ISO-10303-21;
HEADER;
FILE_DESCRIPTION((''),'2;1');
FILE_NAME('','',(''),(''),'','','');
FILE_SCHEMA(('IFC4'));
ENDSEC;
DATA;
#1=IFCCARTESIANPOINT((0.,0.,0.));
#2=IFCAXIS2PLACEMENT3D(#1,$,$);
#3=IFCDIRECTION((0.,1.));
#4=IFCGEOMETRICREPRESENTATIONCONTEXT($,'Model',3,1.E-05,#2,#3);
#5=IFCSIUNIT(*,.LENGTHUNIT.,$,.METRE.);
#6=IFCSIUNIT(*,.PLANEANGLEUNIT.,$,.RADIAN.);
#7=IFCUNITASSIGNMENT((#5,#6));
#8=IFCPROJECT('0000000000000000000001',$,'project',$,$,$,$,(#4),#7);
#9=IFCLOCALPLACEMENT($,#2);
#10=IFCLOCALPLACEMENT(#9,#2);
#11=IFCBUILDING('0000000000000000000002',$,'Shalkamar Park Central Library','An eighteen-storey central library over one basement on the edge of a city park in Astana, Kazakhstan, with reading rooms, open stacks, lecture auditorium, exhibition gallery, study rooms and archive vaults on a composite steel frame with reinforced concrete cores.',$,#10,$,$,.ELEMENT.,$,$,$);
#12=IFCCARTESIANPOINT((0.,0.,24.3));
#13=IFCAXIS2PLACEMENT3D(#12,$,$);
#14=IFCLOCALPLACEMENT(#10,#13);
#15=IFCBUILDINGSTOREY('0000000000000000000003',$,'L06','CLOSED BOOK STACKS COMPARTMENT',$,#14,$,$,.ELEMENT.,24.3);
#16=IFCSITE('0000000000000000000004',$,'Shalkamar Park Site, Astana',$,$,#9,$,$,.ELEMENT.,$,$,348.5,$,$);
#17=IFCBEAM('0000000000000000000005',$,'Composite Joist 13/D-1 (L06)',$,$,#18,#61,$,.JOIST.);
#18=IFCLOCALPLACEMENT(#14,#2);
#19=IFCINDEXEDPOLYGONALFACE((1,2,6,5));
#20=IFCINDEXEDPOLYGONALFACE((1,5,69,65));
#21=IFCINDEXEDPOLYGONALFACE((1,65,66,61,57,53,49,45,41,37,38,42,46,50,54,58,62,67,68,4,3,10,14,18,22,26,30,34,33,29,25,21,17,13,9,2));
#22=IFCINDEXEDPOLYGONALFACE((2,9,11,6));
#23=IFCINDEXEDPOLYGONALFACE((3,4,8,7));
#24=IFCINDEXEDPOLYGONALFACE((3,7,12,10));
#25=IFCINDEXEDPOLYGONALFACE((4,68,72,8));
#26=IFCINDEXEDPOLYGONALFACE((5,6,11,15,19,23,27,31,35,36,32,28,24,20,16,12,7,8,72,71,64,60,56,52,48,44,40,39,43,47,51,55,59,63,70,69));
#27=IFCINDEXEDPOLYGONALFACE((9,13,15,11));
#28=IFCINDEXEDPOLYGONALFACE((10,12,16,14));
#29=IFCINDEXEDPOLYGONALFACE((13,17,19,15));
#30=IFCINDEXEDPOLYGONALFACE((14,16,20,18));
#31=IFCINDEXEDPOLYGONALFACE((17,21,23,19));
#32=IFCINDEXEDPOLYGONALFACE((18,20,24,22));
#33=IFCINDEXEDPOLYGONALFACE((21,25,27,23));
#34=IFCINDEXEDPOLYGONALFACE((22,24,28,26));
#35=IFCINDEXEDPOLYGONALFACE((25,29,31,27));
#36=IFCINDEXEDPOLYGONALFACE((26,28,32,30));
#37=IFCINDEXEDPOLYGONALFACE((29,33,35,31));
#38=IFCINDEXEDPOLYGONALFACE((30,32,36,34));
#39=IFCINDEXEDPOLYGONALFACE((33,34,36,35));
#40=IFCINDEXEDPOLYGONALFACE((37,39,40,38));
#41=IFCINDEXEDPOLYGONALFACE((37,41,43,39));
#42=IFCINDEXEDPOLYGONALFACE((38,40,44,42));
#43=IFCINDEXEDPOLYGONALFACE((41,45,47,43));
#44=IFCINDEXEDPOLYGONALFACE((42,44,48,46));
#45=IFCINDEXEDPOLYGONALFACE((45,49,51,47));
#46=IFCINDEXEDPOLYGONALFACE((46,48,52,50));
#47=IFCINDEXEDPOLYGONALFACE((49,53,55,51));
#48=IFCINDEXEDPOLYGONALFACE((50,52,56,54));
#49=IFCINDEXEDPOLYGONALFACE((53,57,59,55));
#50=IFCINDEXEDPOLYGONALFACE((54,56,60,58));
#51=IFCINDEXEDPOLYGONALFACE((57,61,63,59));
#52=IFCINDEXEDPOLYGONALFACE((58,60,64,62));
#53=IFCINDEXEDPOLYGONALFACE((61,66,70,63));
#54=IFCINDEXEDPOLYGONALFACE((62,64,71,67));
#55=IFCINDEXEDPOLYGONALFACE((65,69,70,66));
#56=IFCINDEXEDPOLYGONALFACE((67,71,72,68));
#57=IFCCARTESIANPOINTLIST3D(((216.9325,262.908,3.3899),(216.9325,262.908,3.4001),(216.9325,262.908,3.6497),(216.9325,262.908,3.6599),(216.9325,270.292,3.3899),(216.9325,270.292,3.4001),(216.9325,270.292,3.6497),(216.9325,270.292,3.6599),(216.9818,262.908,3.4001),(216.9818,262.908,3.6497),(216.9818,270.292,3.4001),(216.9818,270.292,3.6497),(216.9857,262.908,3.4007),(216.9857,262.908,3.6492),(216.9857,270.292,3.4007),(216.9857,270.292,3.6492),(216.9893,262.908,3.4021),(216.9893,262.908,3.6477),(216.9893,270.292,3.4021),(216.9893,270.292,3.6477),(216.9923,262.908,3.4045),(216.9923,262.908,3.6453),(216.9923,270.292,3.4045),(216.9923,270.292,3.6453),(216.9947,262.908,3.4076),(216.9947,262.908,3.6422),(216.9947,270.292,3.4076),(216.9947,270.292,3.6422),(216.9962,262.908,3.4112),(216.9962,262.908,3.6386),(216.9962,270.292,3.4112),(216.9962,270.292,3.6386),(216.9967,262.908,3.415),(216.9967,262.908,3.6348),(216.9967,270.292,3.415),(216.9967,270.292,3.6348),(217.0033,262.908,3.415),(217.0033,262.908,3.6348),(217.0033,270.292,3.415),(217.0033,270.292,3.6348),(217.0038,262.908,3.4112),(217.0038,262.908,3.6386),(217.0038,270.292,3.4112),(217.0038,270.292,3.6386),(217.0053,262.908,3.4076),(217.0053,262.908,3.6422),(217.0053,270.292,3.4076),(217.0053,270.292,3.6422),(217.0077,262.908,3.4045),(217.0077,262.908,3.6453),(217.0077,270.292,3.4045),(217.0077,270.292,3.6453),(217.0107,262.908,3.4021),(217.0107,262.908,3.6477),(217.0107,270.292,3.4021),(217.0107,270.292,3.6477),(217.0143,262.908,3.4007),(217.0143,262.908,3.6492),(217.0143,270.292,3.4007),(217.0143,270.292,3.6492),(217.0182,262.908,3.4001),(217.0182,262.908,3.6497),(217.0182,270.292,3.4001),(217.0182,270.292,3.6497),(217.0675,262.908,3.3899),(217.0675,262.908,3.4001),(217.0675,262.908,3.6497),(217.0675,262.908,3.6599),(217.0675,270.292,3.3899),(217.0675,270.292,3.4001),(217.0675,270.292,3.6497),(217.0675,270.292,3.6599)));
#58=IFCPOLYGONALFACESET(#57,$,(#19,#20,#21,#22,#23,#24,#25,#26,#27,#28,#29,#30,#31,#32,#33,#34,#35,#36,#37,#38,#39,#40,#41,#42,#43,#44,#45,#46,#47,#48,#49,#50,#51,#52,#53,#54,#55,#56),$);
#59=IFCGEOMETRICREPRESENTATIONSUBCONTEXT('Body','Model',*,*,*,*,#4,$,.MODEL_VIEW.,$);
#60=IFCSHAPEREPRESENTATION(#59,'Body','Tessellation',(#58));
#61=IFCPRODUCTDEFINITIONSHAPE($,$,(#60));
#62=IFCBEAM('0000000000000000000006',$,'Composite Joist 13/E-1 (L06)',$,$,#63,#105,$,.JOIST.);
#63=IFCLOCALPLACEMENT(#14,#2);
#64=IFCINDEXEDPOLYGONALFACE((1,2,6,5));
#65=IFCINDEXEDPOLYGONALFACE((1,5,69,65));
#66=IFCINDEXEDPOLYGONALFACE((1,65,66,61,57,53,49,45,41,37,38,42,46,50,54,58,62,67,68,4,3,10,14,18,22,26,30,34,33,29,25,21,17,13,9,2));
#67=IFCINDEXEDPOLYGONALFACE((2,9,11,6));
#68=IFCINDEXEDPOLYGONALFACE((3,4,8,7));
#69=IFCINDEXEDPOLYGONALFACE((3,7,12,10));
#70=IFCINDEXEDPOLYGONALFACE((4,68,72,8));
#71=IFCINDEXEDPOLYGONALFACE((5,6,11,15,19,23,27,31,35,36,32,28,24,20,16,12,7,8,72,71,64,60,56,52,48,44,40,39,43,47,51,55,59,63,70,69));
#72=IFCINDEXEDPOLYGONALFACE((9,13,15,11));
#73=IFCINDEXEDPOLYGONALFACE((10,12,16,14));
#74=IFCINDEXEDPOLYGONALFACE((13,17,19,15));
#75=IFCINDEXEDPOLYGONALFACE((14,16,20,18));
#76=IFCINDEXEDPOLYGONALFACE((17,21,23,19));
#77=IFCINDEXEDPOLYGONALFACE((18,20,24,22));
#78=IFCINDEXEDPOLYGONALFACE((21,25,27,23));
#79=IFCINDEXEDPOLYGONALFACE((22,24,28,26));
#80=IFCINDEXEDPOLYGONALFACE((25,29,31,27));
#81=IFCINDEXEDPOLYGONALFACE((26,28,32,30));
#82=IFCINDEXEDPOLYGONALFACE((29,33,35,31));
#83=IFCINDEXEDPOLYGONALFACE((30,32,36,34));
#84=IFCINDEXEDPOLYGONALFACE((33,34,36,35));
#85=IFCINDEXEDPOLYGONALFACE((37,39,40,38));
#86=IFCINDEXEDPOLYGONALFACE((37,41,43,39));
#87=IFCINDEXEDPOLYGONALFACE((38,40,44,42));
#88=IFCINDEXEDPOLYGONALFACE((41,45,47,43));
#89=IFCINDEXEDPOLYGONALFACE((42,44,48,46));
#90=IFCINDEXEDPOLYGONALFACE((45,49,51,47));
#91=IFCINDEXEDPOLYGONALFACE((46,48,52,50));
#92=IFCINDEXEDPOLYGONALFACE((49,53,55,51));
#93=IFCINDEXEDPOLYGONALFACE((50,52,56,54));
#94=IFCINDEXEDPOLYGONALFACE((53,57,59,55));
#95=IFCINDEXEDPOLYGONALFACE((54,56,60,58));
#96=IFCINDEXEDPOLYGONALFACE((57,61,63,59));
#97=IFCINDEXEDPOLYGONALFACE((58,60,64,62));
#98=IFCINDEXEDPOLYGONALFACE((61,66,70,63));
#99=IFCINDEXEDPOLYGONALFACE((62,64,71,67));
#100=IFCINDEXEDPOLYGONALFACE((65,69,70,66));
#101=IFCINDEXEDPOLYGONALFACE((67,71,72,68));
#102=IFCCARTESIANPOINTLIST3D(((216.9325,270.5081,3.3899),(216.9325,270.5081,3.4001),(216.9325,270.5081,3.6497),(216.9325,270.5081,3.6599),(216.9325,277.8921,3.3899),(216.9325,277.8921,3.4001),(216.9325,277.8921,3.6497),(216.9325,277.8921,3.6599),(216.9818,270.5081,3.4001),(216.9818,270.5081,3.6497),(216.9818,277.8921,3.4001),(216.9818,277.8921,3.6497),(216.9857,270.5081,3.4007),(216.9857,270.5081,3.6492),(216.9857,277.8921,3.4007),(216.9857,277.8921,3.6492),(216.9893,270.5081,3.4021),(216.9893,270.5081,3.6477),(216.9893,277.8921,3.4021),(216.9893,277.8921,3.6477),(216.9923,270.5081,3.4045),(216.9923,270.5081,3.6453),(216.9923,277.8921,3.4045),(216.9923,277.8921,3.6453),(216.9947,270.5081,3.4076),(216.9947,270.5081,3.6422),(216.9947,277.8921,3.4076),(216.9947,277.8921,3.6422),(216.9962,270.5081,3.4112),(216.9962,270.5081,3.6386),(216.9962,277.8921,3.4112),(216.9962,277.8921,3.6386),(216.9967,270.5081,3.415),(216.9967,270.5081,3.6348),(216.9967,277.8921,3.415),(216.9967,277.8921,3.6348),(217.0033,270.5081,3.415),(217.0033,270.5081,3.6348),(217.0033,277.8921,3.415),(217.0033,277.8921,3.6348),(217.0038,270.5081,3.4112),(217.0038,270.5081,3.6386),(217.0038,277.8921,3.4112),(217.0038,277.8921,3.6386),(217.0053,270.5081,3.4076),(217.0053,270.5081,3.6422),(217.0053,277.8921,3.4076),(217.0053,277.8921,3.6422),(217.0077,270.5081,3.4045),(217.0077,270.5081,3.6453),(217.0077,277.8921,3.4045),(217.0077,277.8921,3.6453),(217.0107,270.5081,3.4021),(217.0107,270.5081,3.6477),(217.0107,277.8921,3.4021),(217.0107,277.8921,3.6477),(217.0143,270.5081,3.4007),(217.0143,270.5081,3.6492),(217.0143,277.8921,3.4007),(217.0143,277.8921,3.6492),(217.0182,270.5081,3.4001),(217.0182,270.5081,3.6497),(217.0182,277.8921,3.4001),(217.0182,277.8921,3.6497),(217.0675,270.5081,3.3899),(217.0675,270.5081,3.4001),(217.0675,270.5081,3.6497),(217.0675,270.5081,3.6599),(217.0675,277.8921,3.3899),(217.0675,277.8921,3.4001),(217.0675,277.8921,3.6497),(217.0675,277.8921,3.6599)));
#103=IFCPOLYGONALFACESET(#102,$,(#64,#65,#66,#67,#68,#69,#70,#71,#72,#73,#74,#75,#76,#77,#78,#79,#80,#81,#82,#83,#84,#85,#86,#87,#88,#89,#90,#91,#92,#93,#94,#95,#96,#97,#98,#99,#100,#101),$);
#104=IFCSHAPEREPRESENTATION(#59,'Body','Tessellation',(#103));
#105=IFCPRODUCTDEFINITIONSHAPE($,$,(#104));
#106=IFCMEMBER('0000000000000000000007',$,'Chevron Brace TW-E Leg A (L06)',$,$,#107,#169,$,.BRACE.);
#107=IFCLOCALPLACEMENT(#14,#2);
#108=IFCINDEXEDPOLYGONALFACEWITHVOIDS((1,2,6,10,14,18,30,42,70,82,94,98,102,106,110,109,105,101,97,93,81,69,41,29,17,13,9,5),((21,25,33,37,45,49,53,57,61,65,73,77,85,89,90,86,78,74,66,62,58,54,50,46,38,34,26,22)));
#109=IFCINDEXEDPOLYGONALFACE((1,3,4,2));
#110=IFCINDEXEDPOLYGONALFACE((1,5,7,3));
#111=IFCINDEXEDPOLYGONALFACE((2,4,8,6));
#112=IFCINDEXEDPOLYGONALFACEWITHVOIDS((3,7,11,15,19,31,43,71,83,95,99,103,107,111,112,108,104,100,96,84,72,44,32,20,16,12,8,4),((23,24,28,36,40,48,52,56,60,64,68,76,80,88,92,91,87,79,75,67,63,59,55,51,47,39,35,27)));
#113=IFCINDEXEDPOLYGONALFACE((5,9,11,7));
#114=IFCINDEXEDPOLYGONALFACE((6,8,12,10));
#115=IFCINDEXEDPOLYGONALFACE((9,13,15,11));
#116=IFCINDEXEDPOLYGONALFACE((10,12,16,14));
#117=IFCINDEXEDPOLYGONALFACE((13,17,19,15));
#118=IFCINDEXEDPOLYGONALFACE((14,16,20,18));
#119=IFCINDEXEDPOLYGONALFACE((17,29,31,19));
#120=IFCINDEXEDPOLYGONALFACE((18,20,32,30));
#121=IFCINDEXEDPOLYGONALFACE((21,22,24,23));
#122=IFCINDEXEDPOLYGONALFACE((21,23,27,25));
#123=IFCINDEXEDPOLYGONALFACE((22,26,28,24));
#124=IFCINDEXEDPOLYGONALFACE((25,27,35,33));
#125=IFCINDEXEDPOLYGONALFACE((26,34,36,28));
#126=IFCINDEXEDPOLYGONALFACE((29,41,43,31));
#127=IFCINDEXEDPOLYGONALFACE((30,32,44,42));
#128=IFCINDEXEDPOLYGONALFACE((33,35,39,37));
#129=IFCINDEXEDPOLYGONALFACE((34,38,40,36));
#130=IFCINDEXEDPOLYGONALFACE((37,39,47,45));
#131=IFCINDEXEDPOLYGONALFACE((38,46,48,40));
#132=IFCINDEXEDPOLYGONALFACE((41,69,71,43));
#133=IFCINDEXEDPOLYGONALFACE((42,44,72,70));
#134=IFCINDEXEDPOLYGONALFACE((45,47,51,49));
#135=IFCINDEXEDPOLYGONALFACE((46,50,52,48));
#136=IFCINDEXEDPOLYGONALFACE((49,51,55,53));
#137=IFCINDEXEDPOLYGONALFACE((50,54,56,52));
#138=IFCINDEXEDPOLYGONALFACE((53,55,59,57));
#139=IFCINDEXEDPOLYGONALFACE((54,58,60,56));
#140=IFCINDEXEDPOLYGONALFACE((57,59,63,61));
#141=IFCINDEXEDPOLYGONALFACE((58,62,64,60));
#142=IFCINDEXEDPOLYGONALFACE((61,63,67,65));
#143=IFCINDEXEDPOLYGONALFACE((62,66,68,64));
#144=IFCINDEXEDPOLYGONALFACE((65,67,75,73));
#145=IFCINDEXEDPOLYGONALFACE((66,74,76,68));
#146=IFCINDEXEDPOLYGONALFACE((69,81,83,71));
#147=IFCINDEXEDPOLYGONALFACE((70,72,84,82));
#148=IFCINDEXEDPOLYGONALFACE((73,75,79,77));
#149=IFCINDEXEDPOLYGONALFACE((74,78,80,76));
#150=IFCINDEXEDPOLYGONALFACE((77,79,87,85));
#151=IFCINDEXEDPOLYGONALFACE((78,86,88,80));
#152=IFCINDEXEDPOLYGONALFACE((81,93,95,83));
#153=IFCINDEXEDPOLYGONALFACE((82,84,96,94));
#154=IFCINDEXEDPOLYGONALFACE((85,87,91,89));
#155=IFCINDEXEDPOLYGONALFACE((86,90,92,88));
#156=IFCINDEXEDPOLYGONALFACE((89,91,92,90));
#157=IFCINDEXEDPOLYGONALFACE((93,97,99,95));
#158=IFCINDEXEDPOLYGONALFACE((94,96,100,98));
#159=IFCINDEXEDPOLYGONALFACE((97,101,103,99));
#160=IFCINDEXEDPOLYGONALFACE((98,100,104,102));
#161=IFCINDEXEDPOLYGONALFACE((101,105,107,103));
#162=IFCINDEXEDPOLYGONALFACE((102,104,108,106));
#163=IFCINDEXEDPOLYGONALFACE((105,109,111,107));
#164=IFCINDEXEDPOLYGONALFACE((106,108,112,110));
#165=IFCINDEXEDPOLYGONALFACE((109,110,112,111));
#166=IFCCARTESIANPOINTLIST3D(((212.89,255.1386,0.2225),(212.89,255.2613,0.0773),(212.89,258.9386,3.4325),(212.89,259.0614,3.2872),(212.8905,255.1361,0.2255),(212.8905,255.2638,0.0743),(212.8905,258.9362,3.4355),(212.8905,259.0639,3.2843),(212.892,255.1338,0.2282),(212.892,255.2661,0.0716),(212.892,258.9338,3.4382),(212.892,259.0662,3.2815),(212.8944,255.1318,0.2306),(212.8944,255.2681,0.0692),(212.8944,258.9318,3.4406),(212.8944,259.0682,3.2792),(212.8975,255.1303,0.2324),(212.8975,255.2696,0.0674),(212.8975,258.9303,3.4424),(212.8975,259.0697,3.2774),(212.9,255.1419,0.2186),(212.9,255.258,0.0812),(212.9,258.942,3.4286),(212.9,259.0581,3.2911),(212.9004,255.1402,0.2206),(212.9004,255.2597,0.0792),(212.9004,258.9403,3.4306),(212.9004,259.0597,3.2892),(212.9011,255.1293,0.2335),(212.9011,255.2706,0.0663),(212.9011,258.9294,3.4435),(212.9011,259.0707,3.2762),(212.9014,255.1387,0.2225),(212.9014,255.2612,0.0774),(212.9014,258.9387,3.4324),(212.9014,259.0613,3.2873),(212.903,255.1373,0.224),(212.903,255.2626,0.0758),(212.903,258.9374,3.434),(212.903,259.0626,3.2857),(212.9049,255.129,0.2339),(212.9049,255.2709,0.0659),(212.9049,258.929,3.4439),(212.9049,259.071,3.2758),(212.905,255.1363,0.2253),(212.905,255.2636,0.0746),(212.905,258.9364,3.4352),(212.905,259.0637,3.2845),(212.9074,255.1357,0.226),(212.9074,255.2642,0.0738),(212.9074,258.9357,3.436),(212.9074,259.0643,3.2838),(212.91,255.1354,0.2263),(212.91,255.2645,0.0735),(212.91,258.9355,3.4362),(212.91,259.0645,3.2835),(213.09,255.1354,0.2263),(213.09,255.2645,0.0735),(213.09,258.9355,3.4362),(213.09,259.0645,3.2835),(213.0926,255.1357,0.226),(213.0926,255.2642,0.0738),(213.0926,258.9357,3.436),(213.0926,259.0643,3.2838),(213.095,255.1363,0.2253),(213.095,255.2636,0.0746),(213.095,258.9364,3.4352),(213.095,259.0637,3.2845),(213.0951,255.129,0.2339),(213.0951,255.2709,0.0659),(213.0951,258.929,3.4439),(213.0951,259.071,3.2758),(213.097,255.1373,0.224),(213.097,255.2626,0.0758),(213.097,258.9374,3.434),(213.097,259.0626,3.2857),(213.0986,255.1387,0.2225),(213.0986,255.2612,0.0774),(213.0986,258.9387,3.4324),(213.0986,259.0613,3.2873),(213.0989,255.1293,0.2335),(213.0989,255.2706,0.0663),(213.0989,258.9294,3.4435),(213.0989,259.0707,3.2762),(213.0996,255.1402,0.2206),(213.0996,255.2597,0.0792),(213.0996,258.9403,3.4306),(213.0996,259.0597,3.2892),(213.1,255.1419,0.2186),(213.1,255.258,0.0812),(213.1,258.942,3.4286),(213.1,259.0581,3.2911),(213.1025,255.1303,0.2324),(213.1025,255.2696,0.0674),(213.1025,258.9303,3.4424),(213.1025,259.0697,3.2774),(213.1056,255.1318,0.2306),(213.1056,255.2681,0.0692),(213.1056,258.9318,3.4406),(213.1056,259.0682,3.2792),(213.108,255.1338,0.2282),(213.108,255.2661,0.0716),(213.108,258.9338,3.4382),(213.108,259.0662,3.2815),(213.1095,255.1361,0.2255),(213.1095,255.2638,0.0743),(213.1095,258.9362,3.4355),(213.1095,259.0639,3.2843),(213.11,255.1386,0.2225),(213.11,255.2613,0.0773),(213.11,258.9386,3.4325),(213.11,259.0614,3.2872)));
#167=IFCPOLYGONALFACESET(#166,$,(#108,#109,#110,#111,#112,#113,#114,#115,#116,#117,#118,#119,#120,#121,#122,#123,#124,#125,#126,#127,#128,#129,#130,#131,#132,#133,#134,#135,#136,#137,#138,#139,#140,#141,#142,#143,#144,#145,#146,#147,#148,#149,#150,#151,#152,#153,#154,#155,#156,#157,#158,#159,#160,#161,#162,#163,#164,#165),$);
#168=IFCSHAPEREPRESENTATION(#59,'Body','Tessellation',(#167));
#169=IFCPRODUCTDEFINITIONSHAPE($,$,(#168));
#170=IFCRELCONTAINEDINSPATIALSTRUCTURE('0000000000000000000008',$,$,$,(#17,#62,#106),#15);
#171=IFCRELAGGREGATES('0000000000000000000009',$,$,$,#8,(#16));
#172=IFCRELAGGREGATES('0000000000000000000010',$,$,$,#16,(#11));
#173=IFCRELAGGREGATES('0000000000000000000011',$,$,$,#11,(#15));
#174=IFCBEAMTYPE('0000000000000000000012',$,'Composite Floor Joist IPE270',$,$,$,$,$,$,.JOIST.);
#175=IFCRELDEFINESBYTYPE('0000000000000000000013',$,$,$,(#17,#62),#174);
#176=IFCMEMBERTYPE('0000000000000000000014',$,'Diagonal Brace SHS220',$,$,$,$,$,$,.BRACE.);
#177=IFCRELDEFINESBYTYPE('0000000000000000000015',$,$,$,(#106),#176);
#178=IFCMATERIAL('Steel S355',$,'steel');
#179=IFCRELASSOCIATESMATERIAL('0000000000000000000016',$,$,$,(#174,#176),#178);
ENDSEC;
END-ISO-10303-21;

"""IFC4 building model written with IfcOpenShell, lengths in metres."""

from ifc_helpers import new_model, si_unit, direction, frame, origin, origin_2d, place, context, subcontext, project, spatial, hollow_rectangle, i_section, extrude, material, material_profile, profile_set, type_object, element, save


model = new_model("IFC4")

# Units and contexts
model_context = context("Model", 3, precision=1e-05, world=origin(), true_north=direction((0.0, 1.0)))
body_context = subcontext(model_context, "Body", "Model", "MODEL_VIEW")
ifc_project = project(units=[si_unit("LENGTHUNIT", "METRE"), si_unit("PLANEANGLEUNIT", "RADIAN")], contexts=[model_context])

# Site, building, storey
site_placement = place(None, origin())
site = spatial("IfcSite", under=ifc_project, at=site_placement, Name="Shalkamar Park Site, Astana", CompositionType="ELEMENT", RefElevation=348.5)
building_placement = place(site_placement, origin())
building = spatial("IfcBuilding", under=site, at=building_placement, Name="Shalkamar Park Central Library", Description="An eighteen-storey central library over one basement on the edge of a city park in Astana, Kazakhstan, with reading rooms, open stacks, lecture auditorium, exhibition gallery, study rooms and archive vaults on a composite steel frame with reinforced concrete cores.", CompositionType="ELEMENT")
storey_placement = place(building_placement, frame((0.0, 0.0, 24.3)))
storey = spatial("IfcBuildingStorey", under=building, at=storey_placement, Name="L06", Description="CLOSED BOOK STACKS COMPARTMENT", CompositionType="ELEMENT", Elevation=24.3)

# Shared definitions
ifc_material_1 = material(Name="Steel S355", Category="steel")

# Beams
ifc_material_profile_1 = material_profile(ifc_material_1, i_section(OverallWidth=0.135, OverallDepth=0.27, WebThickness=0.0066, FlangeThickness=0.0103, FilletRadius=0.0149, at=origin_2d()), Name="IPE 270")
ifc_profile_set_1 = profile_set([ifc_material_profile_1], Name="Steel S355")
beam_type_1 = type_object("IfcBeamType", Name="Composite Floor Joist IPE270", PredefinedType="JOIST", material=ifc_profile_set_1)
for number, where, z_axis, x_axis, name in (
    (1, (217.0, 262.908, 3.5249), (0.0, 1.0, 0.0), (-1.0, 0.0, 0.0), "Composite Joist 13/D-1 (L06)"),
    (2, (217.0, 270.5081, 3.5249), (0.0, 1.0, 0.0), (-1.0, 0.0, 0.0), "Composite Joist 13/E-1 (L06)"),
):
    element("IfcBeam", number, at=place(storey_placement, frame(where, z_axis=z_axis, x_axis=x_axis)), inside=storey, type_object=beam_type_1, Name=name, PredefinedType="JOIST", context=body_context, shape_type="SweptSolid", body=[
        extrude(i_section(OverallWidth=0.135, OverallDepth=0.27, WebThickness=0.0066, FlangeThickness=0.0103, FilletRadius=0.0149, at=origin_2d()), origin(), (0.0, 0.0, 1.0), 7.384),
    ])

# Member
ifc_material_profile_2 = material_profile(ifc_material_1, hollow_rectangle(XDim=0.22, YDim=0.22, WallThickness=0.01, InnerFilletRadius=0.01, OuterFilletRadius=0.0149, at=origin_2d()), Name="SHS 220x220x10")
ifc_profile_set_2 = profile_set([ifc_material_profile_2], Name="Steel S355")
member_type = type_object("IfcMemberType", Name="Diagonal Brace SHS220", PredefinedType="BRACE", material=ifc_profile_set_2)
for number, where, z_axis, x_axis, name in (
    (3, (213.0, 255.2, 0.1499), (0.0, 0.763928, 0.645302), (-1.0, 0.0, 0.0), "Chevron Brace TW-E Leg A (L06)"),
):
    element("IfcMember", number, at=place(storey_placement, frame(where, z_axis=z_axis, x_axis=x_axis)), inside=storey, type_object=member_type, Name=name, PredefinedType="BRACE", context=body_context, shape_type="SweptSolid", body=[
        extrude(hollow_rectangle(XDim=0.22, YDim=0.22, WallThickness=0.01, InnerFilletRadius=0.01, OuterFilletRadius=0.0149, at=origin_2d()), origin(), (0.0, 0.0, 1.0), 4.9744),
    ])

save(model, "model.ifc")
